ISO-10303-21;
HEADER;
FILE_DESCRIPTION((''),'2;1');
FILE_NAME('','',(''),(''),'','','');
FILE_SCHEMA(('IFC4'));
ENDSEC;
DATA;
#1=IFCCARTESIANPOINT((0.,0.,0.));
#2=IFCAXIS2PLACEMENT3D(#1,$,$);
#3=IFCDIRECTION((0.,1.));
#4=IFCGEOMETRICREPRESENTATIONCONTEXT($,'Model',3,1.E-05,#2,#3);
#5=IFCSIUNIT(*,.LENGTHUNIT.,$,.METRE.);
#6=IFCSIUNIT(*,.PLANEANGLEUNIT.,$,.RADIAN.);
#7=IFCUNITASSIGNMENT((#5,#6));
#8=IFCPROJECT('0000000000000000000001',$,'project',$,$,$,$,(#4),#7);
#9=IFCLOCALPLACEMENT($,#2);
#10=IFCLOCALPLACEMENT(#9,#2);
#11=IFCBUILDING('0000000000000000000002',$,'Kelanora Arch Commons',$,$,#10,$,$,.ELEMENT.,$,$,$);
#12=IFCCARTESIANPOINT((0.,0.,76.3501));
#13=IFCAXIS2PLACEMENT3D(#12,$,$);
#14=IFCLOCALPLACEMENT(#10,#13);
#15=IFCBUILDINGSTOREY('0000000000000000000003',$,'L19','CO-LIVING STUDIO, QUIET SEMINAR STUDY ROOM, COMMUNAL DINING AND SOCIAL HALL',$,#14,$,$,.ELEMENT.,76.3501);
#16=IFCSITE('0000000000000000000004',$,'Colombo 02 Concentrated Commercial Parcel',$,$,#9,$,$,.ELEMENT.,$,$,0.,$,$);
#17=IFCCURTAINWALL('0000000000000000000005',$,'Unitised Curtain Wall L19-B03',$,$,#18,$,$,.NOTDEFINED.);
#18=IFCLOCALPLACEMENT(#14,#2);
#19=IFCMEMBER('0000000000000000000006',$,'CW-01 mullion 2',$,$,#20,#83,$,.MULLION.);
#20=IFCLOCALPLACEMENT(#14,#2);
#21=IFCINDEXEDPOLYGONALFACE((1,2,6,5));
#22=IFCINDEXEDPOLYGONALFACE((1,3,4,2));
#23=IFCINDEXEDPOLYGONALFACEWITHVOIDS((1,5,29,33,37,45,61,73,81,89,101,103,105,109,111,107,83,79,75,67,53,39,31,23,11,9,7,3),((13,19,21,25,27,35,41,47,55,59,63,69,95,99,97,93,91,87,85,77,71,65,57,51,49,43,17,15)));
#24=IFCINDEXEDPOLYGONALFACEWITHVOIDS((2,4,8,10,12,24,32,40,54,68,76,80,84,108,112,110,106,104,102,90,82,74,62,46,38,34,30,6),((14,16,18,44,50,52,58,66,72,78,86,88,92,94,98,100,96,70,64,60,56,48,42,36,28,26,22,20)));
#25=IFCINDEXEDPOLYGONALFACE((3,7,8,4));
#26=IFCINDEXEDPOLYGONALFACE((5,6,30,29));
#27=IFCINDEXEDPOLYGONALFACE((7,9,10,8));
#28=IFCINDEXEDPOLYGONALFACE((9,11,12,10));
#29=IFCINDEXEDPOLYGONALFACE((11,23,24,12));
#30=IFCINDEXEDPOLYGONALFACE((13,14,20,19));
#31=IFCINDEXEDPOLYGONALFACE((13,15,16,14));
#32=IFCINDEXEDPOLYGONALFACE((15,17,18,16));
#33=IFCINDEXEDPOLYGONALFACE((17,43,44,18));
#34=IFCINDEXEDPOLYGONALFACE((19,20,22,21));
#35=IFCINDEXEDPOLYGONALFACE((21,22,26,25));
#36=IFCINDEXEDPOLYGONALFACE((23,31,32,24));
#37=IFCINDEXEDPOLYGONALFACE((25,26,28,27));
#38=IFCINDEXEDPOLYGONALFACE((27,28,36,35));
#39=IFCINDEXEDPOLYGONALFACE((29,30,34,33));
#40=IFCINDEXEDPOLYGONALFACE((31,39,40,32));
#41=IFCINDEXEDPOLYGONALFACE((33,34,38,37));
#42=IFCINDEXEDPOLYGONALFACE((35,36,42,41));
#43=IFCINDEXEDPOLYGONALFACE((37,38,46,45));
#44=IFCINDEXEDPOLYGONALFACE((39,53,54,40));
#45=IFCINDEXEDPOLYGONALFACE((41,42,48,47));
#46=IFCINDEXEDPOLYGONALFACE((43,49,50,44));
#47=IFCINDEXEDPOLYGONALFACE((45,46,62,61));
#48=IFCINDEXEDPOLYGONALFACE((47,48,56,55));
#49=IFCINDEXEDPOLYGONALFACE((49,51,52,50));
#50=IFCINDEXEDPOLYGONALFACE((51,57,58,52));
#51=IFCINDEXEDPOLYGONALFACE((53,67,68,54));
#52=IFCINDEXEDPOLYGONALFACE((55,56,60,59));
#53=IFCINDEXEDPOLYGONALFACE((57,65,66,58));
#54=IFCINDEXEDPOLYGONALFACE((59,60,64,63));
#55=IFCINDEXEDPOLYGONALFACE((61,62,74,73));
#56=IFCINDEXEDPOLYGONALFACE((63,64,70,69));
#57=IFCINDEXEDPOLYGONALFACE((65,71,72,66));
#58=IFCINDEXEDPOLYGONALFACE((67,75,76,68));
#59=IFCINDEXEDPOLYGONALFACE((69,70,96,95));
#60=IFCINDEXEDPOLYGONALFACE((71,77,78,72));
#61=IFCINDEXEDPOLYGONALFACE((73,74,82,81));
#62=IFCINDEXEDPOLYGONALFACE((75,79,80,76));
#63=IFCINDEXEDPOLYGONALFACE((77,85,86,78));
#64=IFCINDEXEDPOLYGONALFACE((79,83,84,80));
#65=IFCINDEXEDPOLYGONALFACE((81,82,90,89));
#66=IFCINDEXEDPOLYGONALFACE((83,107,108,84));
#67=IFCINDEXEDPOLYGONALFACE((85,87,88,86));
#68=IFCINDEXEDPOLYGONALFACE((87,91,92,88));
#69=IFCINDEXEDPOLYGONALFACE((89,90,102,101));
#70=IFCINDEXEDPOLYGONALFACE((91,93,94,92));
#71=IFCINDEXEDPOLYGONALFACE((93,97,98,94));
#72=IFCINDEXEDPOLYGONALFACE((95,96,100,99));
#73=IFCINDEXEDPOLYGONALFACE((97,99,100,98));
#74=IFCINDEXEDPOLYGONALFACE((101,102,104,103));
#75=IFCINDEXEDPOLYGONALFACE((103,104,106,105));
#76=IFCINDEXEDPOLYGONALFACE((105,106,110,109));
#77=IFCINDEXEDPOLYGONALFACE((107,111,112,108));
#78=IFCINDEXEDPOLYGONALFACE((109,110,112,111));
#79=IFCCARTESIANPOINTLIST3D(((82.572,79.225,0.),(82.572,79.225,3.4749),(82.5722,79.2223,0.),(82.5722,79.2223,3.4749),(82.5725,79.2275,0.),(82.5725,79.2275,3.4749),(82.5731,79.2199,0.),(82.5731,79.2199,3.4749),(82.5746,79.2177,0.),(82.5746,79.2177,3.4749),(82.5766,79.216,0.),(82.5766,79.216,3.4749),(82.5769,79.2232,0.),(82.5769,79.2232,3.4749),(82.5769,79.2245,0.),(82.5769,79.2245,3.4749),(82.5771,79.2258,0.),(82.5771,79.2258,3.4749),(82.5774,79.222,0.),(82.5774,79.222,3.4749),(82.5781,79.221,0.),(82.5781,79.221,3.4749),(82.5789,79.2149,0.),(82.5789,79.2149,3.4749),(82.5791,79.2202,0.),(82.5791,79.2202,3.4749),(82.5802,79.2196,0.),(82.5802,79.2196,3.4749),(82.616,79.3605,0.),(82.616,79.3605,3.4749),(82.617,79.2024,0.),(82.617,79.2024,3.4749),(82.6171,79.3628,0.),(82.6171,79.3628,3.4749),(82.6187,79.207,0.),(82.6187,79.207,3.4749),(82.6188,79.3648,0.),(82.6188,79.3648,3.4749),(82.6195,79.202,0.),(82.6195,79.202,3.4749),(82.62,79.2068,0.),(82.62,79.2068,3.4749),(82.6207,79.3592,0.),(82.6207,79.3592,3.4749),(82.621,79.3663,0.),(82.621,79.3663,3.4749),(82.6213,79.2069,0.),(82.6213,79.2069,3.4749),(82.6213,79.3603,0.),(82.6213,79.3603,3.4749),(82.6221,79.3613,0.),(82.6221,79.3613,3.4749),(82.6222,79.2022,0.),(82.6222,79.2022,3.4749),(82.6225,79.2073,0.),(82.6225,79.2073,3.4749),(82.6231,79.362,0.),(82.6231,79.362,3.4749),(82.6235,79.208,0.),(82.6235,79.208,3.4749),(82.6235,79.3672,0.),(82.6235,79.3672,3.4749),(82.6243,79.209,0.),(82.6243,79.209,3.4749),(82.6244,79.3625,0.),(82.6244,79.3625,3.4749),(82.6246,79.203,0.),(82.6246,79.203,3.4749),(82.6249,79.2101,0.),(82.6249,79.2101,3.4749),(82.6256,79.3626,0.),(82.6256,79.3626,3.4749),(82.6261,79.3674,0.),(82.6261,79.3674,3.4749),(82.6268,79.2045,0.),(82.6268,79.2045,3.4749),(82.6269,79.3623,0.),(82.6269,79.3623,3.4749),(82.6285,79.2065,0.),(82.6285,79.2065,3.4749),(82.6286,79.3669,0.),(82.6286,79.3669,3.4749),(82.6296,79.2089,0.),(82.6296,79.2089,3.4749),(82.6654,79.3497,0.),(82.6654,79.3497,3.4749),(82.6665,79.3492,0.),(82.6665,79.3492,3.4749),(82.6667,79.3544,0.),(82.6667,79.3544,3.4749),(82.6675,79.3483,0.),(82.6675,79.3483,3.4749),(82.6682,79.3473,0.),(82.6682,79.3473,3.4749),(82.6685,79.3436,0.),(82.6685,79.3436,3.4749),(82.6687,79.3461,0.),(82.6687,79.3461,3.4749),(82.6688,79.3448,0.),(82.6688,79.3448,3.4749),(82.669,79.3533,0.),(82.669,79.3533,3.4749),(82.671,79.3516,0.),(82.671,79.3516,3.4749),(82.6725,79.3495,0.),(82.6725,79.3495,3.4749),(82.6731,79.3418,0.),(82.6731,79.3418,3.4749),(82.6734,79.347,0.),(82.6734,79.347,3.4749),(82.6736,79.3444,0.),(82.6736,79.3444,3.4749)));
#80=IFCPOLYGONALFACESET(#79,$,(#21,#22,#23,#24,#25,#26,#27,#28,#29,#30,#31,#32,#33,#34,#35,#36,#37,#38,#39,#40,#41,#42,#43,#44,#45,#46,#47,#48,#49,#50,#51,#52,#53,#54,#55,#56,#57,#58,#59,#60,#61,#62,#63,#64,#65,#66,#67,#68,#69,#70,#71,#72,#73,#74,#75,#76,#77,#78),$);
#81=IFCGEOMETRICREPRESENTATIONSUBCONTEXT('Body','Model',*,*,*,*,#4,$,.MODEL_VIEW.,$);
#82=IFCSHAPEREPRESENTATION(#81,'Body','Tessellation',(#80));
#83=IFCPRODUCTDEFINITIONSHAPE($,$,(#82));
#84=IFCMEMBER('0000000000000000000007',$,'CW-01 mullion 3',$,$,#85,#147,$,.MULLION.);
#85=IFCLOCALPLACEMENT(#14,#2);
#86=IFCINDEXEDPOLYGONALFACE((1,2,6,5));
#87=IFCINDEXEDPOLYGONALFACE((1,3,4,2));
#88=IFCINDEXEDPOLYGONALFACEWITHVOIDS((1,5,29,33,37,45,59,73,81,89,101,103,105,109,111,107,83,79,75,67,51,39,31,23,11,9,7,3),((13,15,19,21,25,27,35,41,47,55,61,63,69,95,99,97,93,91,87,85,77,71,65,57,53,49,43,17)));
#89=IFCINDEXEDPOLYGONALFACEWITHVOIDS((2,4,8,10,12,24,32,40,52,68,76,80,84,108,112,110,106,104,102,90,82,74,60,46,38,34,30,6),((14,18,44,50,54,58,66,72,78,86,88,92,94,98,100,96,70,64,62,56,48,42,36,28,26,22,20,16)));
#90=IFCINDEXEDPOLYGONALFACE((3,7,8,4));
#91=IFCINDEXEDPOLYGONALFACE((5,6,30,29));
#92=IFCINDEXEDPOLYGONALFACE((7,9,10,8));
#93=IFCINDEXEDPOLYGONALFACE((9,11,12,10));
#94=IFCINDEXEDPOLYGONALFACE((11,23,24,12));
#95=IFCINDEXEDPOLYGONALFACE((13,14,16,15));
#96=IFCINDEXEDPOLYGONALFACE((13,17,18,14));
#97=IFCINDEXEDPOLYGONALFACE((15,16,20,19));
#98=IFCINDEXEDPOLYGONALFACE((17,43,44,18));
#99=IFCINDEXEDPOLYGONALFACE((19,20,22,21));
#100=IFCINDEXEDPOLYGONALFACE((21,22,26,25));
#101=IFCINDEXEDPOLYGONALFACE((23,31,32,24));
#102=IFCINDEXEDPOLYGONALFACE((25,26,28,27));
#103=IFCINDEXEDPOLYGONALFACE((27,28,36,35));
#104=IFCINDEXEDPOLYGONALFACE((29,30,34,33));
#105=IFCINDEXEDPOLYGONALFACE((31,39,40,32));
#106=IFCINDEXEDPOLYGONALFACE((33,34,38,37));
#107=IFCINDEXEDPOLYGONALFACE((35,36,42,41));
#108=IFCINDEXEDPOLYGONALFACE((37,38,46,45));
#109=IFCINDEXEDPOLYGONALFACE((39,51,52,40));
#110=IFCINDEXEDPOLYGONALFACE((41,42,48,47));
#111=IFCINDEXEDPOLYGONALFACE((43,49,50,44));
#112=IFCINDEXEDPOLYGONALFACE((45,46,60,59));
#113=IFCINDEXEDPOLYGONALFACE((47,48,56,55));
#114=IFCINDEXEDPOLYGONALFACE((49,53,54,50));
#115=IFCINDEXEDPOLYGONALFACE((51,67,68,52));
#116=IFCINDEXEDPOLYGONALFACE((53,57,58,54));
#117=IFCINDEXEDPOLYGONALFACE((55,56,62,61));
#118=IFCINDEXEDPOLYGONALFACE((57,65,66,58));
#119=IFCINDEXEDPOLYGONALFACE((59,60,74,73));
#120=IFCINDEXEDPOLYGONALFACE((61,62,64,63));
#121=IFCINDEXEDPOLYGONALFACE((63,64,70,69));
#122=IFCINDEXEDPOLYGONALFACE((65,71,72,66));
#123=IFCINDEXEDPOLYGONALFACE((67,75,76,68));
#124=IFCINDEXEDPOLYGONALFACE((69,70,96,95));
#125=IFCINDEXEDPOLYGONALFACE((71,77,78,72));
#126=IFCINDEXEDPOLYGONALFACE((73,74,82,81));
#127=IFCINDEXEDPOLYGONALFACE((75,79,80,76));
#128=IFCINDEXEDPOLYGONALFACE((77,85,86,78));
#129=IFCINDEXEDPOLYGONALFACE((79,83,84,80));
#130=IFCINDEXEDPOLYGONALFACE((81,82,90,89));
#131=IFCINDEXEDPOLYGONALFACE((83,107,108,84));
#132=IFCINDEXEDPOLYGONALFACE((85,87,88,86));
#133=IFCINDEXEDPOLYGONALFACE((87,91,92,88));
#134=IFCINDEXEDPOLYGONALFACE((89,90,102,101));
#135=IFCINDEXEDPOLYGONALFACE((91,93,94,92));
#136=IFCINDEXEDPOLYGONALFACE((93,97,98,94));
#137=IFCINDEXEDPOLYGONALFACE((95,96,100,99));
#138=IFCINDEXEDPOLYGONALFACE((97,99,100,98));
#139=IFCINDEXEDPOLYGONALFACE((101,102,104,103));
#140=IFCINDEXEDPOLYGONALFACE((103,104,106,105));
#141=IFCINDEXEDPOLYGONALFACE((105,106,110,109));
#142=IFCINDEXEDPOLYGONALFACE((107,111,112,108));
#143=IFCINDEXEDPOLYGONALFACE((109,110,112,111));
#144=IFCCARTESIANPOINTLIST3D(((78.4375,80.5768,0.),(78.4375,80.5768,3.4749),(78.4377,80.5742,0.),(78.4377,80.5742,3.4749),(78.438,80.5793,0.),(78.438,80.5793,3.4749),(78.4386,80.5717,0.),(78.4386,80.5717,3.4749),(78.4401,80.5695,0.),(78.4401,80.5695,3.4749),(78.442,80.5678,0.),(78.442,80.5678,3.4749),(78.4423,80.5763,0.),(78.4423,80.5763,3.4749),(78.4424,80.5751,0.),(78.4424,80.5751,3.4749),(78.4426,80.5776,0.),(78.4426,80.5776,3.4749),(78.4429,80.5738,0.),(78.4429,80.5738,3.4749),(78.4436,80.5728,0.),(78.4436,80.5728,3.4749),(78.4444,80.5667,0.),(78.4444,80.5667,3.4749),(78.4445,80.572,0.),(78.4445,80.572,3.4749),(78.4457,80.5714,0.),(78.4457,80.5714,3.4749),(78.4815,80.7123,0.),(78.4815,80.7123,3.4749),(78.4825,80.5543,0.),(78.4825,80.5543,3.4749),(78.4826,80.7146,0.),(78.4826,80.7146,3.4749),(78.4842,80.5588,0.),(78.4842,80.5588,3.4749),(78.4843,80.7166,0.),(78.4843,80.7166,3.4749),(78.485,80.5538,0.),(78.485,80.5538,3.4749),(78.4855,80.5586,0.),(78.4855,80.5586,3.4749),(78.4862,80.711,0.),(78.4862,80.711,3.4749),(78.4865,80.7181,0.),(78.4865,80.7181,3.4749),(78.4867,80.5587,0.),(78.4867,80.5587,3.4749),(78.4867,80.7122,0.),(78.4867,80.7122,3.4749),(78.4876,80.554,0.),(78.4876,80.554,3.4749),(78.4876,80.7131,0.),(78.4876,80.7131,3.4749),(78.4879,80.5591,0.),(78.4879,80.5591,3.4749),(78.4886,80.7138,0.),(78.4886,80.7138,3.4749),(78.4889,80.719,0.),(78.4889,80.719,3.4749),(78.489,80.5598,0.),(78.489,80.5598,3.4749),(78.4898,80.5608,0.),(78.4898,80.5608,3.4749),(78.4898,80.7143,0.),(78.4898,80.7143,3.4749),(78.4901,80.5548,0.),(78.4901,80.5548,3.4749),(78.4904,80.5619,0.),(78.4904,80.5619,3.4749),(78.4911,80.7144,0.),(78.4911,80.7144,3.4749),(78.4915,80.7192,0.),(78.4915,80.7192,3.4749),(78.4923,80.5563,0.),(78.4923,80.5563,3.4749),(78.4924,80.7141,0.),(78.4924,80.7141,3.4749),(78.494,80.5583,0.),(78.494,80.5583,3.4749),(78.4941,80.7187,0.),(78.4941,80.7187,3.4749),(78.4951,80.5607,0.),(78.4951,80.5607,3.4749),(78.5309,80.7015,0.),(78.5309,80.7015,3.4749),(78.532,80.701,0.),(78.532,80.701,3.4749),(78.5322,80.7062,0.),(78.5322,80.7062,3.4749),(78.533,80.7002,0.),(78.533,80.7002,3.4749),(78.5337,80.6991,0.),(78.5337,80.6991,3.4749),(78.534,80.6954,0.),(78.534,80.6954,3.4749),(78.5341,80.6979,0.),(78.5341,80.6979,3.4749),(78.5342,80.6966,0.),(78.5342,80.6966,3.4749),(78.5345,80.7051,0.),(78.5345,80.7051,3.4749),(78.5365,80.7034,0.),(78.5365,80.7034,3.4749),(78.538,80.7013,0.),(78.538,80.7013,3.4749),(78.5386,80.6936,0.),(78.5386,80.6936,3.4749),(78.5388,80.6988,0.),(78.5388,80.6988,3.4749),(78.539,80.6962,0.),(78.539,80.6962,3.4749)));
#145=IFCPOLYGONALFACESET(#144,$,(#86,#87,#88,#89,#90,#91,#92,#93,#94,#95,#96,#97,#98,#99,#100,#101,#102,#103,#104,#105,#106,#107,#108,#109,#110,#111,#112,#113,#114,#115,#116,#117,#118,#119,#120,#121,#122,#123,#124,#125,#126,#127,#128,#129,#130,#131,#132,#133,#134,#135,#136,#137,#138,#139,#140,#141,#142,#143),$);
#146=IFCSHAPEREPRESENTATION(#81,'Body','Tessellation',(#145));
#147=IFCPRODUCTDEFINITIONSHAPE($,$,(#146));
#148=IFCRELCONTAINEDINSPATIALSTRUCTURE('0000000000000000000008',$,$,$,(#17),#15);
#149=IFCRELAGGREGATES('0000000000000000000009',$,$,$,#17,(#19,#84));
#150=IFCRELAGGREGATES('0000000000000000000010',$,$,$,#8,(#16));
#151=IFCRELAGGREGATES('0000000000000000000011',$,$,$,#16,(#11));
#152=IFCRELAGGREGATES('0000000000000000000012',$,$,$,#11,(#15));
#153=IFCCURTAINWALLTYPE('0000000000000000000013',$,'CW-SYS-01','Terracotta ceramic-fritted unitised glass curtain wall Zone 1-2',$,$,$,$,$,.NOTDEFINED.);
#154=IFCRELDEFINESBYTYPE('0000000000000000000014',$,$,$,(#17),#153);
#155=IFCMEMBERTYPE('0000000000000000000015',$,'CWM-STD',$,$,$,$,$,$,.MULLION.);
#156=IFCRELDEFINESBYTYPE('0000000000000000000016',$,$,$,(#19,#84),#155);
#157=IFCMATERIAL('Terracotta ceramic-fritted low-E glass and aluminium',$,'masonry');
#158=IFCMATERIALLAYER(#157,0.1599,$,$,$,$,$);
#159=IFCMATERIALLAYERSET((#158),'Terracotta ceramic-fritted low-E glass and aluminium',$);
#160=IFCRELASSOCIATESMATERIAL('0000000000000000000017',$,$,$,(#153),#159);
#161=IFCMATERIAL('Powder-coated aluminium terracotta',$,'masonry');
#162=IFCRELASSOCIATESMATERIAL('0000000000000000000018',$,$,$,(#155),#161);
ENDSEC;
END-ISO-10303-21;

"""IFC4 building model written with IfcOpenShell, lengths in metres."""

from ifc_helpers import new_model, si_unit, direction, frame, origin, origin_2d, place, context, subcontext, project, spatial, hollow_rectangle, extrude, material, layer, layer_set, material_profile, profile_set, type_object, element, aggregate, save


model = new_model("IFC4")

# Units and contexts
model_context = context("Model", 3, precision=1e-05, world=origin(), true_north=direction((0.0, 1.0)))
body_context = subcontext(model_context, "Body", "Model", "MODEL_VIEW")
ifc_project = project(units=[si_unit("LENGTHUNIT", "METRE"), si_unit("PLANEANGLEUNIT", "RADIAN")], contexts=[model_context])

# Site, building, storey
site_placement = place(None, origin())
site = spatial("IfcSite", under=ifc_project, at=site_placement, Name="Colombo 02 Concentrated Commercial Parcel", CompositionType="ELEMENT", RefElevation=0.0)
building_placement = place(site_placement, origin())
building = spatial("IfcBuilding", under=site, at=building_placement, Name="Kelanora Arch Commons", CompositionType="ELEMENT")
storey_placement = place(building_placement, frame((0.0, 0.0, 76.3501)))
storey = spatial("IfcBuildingStorey", under=building, at=storey_placement, Name="L19", Description="CO-LIVING STUDIO, QUIET SEMINAR STUDY ROOM, COMMUNAL DINING AND SOCIAL HALL", CompositionType="ELEMENT", Elevation=76.3501)

# Curtain wall, members
ifc_material_1 = material(Name="Terracotta ceramic-fritted low-E glass and aluminium", Category="masonry")
ifc_layer_1 = layer(ifc_material_1, 0.1599)
ifc_layer_set_1 = layer_set([ifc_layer_1], Name="Terracotta ceramic-fritted low-E glass and aluminium")
curtain_wall_type = type_object("IfcCurtainWallType", Name="CW-SYS-01", Description="Terracotta ceramic-fritted unitised glass curtain wall Zone 1-2", PredefinedType="NOTDEFINED", material=ifc_layer_set_1)
curtain_wall_placement = place(storey_placement, origin())
curtain_wall = element("IfcCurtainWall", 1, at=curtain_wall_placement, inside=storey, type_object=curtain_wall_type, Name="Unitised Curtain Wall L19-B03", PredefinedType="NOTDEFINED")
ifc_material_2 = material(Name="Powder-coated aluminium terracotta", Category="masonry")
ifc_material_profile_1 = material_profile(ifc_material_2, hollow_rectangle(XDim=0.1599, YDim=0.0601, WallThickness=0.0049, InnerFilletRadius=0.0049, OuterFilletRadius=0.01, at=origin_2d()), Name="CWM160x60")
ifc_profile_set_1 = profile_set([ifc_material_profile_1], Name="Powder-coated aluminium terracotta")
member_type_1 = type_object("IfcMemberType", Name="CWM-STD", PredefinedType="MULLION", material=ifc_profile_set_1)
member_1_placement = place(storey_placement, frame((82.6228, 79.2847, 0.0), z_axis=(0.0, 0.0, 1.0), x_axis=(-0.310805, -0.950474, 0.0)))
member_1 = element("IfcMember", 2, at=member_1_placement, type_object=member_type_1, Name="CW-01 mullion 2", PredefinedType="MULLION", context=body_context, shape_type="SweptSolid", body=[
    extrude(hollow_rectangle(XDim=0.1599, YDim=0.0601, WallThickness=0.0049, InnerFilletRadius=0.0049, OuterFilletRadius=0.01, at=origin_2d()), origin(), (0.0, 0.0, 1.0), 3.4749),
])
member_2_placement = place(storey_placement, frame((78.4883, 80.6365, 0.0), z_axis=(0.0, 0.0, 1.0), x_axis=(-0.310805, -0.950474, 0.0)))
member_2 = element("IfcMember", 3, at=member_2_placement, type_object=member_type_1, Name="CW-01 mullion 3", PredefinedType="MULLION", context=body_context, shape_type="SweptSolid", body=[
    extrude(hollow_rectangle(XDim=0.1599, YDim=0.0601, WallThickness=0.0049, InnerFilletRadius=0.0049, OuterFilletRadius=0.01, at=origin_2d()), origin(), (0.0, 0.0, 1.0), 3.4749),
])
aggregate(curtain_wall, [member_1, member_2])

save(model, "model.ifc")
